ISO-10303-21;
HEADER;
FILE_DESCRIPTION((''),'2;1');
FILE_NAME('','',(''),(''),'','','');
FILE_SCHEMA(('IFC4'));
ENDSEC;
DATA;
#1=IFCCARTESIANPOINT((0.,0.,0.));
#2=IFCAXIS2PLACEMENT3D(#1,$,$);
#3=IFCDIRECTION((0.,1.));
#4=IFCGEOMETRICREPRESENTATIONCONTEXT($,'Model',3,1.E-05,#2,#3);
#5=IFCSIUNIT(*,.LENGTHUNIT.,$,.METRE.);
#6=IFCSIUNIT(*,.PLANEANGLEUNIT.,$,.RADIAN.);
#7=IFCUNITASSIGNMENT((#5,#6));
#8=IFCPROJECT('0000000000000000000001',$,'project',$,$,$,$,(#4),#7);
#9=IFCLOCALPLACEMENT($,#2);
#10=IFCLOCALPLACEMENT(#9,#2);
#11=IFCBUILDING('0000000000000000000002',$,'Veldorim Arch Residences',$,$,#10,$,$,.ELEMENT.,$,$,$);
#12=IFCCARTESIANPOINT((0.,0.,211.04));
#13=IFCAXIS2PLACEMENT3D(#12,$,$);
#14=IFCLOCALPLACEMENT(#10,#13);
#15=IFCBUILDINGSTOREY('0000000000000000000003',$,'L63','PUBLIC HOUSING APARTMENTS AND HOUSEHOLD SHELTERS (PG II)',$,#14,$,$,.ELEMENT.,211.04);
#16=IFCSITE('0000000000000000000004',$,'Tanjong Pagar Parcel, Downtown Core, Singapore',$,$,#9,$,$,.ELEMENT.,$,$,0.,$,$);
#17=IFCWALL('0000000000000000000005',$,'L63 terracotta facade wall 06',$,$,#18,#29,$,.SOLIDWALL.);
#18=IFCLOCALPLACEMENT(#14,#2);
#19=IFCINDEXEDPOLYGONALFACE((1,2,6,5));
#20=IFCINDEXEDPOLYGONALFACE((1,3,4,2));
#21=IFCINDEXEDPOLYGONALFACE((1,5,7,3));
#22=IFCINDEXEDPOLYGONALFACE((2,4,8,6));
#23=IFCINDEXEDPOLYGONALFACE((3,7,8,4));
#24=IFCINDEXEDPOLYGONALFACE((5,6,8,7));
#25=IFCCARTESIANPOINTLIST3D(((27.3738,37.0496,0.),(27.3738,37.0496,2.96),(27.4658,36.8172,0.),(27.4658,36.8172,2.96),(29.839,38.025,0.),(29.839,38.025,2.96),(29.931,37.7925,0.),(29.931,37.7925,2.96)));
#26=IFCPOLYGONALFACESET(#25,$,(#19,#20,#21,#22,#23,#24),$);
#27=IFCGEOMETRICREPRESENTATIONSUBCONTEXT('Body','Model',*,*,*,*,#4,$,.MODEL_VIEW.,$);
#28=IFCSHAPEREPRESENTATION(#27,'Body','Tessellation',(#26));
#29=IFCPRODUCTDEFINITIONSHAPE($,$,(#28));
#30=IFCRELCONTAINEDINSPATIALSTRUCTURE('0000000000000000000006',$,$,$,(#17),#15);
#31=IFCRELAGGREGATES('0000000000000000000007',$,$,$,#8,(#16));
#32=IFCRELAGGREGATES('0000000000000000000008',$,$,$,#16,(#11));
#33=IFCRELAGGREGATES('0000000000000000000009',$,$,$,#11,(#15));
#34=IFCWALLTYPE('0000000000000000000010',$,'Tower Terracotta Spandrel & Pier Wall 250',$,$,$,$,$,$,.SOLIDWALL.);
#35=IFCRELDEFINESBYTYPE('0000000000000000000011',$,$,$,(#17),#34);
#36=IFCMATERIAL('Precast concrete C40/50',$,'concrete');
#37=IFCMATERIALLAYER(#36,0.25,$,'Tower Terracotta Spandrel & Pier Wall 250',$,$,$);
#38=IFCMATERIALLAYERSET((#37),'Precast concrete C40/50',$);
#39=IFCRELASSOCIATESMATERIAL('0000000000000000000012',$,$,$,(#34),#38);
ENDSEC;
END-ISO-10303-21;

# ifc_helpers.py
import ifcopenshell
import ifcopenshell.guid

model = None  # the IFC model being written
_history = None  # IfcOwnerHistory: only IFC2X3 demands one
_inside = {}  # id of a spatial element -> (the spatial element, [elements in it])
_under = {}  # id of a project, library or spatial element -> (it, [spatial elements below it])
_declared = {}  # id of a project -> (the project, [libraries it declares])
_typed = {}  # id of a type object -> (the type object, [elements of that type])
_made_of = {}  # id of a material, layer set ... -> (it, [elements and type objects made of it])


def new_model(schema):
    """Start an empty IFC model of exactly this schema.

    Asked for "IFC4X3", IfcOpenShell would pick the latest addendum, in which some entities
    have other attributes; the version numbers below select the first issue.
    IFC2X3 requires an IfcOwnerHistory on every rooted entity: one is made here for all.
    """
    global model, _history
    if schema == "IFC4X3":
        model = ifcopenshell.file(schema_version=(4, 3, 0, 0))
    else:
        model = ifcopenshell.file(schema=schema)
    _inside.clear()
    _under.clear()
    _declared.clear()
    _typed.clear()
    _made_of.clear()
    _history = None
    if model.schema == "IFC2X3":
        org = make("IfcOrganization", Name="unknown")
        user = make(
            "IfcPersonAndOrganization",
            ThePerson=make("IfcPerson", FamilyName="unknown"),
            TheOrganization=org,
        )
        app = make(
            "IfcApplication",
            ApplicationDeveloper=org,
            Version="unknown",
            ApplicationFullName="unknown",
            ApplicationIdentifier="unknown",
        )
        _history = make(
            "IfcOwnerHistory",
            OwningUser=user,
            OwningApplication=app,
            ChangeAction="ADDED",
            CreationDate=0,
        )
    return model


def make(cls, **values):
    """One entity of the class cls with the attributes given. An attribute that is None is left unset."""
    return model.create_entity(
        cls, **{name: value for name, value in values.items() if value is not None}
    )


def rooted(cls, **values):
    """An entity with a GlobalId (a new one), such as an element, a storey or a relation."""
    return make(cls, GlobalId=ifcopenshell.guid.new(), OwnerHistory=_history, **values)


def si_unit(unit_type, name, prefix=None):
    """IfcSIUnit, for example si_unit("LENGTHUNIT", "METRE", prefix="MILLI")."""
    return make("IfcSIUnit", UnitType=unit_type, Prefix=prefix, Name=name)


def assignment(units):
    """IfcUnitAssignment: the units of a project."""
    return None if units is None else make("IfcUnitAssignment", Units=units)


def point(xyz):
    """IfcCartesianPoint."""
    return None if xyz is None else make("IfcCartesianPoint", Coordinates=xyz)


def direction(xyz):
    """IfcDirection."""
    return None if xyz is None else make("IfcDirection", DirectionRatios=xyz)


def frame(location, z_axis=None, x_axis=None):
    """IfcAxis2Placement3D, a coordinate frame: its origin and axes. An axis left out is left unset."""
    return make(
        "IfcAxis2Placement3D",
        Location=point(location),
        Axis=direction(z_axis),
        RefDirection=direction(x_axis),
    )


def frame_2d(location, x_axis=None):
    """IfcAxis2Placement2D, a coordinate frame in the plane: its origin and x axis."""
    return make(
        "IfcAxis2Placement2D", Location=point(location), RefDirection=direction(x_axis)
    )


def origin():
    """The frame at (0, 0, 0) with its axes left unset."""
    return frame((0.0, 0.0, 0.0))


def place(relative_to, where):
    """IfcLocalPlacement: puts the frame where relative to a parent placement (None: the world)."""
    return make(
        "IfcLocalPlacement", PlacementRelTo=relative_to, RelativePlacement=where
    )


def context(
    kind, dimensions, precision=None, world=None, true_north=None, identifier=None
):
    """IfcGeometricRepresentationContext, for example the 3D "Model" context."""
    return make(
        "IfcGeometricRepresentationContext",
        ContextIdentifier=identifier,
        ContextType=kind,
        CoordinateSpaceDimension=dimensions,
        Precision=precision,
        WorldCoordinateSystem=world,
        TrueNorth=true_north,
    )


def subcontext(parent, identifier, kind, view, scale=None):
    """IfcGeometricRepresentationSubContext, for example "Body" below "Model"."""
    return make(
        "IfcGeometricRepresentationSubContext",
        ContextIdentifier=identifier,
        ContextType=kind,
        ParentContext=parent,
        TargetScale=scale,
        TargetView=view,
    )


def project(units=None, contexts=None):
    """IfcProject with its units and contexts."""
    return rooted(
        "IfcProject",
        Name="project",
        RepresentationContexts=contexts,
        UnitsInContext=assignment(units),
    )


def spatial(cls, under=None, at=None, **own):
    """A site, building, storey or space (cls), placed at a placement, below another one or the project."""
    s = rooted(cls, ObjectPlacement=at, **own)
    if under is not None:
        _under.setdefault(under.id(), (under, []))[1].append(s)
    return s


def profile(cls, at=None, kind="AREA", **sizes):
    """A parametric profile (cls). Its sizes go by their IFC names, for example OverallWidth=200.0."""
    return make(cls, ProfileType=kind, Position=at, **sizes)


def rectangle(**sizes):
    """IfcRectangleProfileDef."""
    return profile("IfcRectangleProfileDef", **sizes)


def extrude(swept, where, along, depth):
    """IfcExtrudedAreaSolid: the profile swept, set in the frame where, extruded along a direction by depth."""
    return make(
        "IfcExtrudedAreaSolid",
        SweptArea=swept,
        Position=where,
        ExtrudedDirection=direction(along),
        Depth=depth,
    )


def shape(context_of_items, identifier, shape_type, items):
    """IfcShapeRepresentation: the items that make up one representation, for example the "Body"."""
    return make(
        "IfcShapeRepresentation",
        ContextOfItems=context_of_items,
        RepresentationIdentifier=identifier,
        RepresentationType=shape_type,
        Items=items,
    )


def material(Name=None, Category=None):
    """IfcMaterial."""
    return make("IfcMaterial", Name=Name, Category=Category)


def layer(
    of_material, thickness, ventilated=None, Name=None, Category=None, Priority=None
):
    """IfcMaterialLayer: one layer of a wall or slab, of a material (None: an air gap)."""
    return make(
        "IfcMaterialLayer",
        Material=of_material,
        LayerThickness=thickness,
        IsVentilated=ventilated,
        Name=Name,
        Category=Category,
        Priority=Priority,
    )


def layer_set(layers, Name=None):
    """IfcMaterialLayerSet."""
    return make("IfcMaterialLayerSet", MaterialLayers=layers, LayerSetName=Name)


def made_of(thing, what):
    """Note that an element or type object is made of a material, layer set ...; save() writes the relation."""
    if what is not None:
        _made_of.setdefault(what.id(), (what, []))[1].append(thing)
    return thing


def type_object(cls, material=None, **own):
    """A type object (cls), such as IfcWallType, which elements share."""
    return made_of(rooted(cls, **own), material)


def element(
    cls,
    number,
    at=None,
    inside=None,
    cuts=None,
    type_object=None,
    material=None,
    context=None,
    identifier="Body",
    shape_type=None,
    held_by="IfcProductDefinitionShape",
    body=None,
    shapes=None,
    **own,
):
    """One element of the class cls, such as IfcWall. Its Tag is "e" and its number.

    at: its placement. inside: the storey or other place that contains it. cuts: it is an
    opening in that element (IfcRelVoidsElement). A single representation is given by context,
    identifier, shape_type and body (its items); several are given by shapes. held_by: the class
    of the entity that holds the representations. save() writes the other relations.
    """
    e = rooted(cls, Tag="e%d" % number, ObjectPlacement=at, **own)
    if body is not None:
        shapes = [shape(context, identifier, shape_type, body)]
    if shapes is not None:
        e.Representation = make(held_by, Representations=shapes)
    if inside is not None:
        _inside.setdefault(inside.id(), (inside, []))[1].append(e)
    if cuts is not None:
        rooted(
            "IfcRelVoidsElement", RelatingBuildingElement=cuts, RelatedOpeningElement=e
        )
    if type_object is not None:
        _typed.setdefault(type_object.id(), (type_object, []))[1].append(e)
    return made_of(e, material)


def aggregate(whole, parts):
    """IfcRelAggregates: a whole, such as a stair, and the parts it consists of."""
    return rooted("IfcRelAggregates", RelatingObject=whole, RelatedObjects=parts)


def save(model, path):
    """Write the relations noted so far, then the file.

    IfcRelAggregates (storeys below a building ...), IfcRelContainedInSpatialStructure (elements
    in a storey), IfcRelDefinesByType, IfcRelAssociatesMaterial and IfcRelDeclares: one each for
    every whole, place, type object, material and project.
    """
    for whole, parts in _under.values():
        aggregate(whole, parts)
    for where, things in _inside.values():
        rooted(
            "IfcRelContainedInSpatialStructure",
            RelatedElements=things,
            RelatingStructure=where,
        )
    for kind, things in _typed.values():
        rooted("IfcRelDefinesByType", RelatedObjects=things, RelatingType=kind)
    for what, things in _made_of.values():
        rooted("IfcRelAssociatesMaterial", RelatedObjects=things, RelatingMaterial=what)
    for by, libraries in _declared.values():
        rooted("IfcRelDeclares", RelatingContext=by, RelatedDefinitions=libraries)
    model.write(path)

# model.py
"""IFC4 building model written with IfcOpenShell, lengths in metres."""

from ifc_helpers import new_model, si_unit, direction, frame, frame_2d, origin, place, context, subcontext, project, spatial, rectangle, extrude, material, layer, layer_set, type_object, element, save


model = new_model("IFC4")

# Units and contexts
model_context = context("Model", 3, precision=1e-05, world=origin(), true_north=direction((0.0, 1.0)))
body_context = subcontext(model_context, "Body", "Model", "MODEL_VIEW")
ifc_project = project(units=[si_unit("LENGTHUNIT", "METRE"), si_unit("PLANEANGLEUNIT", "RADIAN")], contexts=[model_context])

# Site, building, storey
site_placement = place(None, origin())
site = spatial("IfcSite", under=ifc_project, at=site_placement, Name="Tanjong Pagar Parcel, Downtown Core, Singapore", CompositionType="ELEMENT", RefElevation=0.0)
building_placement = place(site_placement, origin())
building = spatial("IfcBuilding", under=site, at=building_placement, Name="Veldorim Arch Residences", CompositionType="ELEMENT")
storey_placement = place(building_placement, frame((0.0, 0.0, 211.04)))
storey = spatial("IfcBuildingStorey", under=building, at=storey_placement, Name="L63", Description="PUBLIC HOUSING APARTMENTS AND HOUSEHOLD SHELTERS (PG II)", CompositionType="ELEMENT", Elevation=211.04)

# Wall
ifc_material_1 = material(Name="Precast concrete C40/50", Category="concrete")
ifc_layer_1 = layer(ifc_material_1, 0.25, Name="Tower Terracotta Spandrel & Pier Wall 250")
ifc_layer_set_1 = layer_set([ifc_layer_1], Name="Precast concrete C40/50")
wall_type_1 = type_object("IfcWallType", Name="Tower Terracotta Spandrel & Pier Wall 250", PredefinedType="SOLIDWALL", material=ifc_layer_set_1)
wall_1_placement = place(storey_placement, frame((27.4197, 36.9333, 0.0), z_axis=(0.0, 0.0, 1.0), x_axis=(0.929861, 0.367911, 0.0)))
element("IfcWall", 1, at=wall_1_placement, inside=storey, type_object=wall_type_1, Name="L63 terracotta facade wall 06", PredefinedType="SOLIDWALL", context=body_context, shape_type="SweptSolid", body=[
    extrude(rectangle(XDim=2.6511, YDim=0.25, at=frame_2d((1.3257, 0.0))), origin(), (0.0, 0.0, 1.0), 2.96),
])

save(model, "model.ifc")
